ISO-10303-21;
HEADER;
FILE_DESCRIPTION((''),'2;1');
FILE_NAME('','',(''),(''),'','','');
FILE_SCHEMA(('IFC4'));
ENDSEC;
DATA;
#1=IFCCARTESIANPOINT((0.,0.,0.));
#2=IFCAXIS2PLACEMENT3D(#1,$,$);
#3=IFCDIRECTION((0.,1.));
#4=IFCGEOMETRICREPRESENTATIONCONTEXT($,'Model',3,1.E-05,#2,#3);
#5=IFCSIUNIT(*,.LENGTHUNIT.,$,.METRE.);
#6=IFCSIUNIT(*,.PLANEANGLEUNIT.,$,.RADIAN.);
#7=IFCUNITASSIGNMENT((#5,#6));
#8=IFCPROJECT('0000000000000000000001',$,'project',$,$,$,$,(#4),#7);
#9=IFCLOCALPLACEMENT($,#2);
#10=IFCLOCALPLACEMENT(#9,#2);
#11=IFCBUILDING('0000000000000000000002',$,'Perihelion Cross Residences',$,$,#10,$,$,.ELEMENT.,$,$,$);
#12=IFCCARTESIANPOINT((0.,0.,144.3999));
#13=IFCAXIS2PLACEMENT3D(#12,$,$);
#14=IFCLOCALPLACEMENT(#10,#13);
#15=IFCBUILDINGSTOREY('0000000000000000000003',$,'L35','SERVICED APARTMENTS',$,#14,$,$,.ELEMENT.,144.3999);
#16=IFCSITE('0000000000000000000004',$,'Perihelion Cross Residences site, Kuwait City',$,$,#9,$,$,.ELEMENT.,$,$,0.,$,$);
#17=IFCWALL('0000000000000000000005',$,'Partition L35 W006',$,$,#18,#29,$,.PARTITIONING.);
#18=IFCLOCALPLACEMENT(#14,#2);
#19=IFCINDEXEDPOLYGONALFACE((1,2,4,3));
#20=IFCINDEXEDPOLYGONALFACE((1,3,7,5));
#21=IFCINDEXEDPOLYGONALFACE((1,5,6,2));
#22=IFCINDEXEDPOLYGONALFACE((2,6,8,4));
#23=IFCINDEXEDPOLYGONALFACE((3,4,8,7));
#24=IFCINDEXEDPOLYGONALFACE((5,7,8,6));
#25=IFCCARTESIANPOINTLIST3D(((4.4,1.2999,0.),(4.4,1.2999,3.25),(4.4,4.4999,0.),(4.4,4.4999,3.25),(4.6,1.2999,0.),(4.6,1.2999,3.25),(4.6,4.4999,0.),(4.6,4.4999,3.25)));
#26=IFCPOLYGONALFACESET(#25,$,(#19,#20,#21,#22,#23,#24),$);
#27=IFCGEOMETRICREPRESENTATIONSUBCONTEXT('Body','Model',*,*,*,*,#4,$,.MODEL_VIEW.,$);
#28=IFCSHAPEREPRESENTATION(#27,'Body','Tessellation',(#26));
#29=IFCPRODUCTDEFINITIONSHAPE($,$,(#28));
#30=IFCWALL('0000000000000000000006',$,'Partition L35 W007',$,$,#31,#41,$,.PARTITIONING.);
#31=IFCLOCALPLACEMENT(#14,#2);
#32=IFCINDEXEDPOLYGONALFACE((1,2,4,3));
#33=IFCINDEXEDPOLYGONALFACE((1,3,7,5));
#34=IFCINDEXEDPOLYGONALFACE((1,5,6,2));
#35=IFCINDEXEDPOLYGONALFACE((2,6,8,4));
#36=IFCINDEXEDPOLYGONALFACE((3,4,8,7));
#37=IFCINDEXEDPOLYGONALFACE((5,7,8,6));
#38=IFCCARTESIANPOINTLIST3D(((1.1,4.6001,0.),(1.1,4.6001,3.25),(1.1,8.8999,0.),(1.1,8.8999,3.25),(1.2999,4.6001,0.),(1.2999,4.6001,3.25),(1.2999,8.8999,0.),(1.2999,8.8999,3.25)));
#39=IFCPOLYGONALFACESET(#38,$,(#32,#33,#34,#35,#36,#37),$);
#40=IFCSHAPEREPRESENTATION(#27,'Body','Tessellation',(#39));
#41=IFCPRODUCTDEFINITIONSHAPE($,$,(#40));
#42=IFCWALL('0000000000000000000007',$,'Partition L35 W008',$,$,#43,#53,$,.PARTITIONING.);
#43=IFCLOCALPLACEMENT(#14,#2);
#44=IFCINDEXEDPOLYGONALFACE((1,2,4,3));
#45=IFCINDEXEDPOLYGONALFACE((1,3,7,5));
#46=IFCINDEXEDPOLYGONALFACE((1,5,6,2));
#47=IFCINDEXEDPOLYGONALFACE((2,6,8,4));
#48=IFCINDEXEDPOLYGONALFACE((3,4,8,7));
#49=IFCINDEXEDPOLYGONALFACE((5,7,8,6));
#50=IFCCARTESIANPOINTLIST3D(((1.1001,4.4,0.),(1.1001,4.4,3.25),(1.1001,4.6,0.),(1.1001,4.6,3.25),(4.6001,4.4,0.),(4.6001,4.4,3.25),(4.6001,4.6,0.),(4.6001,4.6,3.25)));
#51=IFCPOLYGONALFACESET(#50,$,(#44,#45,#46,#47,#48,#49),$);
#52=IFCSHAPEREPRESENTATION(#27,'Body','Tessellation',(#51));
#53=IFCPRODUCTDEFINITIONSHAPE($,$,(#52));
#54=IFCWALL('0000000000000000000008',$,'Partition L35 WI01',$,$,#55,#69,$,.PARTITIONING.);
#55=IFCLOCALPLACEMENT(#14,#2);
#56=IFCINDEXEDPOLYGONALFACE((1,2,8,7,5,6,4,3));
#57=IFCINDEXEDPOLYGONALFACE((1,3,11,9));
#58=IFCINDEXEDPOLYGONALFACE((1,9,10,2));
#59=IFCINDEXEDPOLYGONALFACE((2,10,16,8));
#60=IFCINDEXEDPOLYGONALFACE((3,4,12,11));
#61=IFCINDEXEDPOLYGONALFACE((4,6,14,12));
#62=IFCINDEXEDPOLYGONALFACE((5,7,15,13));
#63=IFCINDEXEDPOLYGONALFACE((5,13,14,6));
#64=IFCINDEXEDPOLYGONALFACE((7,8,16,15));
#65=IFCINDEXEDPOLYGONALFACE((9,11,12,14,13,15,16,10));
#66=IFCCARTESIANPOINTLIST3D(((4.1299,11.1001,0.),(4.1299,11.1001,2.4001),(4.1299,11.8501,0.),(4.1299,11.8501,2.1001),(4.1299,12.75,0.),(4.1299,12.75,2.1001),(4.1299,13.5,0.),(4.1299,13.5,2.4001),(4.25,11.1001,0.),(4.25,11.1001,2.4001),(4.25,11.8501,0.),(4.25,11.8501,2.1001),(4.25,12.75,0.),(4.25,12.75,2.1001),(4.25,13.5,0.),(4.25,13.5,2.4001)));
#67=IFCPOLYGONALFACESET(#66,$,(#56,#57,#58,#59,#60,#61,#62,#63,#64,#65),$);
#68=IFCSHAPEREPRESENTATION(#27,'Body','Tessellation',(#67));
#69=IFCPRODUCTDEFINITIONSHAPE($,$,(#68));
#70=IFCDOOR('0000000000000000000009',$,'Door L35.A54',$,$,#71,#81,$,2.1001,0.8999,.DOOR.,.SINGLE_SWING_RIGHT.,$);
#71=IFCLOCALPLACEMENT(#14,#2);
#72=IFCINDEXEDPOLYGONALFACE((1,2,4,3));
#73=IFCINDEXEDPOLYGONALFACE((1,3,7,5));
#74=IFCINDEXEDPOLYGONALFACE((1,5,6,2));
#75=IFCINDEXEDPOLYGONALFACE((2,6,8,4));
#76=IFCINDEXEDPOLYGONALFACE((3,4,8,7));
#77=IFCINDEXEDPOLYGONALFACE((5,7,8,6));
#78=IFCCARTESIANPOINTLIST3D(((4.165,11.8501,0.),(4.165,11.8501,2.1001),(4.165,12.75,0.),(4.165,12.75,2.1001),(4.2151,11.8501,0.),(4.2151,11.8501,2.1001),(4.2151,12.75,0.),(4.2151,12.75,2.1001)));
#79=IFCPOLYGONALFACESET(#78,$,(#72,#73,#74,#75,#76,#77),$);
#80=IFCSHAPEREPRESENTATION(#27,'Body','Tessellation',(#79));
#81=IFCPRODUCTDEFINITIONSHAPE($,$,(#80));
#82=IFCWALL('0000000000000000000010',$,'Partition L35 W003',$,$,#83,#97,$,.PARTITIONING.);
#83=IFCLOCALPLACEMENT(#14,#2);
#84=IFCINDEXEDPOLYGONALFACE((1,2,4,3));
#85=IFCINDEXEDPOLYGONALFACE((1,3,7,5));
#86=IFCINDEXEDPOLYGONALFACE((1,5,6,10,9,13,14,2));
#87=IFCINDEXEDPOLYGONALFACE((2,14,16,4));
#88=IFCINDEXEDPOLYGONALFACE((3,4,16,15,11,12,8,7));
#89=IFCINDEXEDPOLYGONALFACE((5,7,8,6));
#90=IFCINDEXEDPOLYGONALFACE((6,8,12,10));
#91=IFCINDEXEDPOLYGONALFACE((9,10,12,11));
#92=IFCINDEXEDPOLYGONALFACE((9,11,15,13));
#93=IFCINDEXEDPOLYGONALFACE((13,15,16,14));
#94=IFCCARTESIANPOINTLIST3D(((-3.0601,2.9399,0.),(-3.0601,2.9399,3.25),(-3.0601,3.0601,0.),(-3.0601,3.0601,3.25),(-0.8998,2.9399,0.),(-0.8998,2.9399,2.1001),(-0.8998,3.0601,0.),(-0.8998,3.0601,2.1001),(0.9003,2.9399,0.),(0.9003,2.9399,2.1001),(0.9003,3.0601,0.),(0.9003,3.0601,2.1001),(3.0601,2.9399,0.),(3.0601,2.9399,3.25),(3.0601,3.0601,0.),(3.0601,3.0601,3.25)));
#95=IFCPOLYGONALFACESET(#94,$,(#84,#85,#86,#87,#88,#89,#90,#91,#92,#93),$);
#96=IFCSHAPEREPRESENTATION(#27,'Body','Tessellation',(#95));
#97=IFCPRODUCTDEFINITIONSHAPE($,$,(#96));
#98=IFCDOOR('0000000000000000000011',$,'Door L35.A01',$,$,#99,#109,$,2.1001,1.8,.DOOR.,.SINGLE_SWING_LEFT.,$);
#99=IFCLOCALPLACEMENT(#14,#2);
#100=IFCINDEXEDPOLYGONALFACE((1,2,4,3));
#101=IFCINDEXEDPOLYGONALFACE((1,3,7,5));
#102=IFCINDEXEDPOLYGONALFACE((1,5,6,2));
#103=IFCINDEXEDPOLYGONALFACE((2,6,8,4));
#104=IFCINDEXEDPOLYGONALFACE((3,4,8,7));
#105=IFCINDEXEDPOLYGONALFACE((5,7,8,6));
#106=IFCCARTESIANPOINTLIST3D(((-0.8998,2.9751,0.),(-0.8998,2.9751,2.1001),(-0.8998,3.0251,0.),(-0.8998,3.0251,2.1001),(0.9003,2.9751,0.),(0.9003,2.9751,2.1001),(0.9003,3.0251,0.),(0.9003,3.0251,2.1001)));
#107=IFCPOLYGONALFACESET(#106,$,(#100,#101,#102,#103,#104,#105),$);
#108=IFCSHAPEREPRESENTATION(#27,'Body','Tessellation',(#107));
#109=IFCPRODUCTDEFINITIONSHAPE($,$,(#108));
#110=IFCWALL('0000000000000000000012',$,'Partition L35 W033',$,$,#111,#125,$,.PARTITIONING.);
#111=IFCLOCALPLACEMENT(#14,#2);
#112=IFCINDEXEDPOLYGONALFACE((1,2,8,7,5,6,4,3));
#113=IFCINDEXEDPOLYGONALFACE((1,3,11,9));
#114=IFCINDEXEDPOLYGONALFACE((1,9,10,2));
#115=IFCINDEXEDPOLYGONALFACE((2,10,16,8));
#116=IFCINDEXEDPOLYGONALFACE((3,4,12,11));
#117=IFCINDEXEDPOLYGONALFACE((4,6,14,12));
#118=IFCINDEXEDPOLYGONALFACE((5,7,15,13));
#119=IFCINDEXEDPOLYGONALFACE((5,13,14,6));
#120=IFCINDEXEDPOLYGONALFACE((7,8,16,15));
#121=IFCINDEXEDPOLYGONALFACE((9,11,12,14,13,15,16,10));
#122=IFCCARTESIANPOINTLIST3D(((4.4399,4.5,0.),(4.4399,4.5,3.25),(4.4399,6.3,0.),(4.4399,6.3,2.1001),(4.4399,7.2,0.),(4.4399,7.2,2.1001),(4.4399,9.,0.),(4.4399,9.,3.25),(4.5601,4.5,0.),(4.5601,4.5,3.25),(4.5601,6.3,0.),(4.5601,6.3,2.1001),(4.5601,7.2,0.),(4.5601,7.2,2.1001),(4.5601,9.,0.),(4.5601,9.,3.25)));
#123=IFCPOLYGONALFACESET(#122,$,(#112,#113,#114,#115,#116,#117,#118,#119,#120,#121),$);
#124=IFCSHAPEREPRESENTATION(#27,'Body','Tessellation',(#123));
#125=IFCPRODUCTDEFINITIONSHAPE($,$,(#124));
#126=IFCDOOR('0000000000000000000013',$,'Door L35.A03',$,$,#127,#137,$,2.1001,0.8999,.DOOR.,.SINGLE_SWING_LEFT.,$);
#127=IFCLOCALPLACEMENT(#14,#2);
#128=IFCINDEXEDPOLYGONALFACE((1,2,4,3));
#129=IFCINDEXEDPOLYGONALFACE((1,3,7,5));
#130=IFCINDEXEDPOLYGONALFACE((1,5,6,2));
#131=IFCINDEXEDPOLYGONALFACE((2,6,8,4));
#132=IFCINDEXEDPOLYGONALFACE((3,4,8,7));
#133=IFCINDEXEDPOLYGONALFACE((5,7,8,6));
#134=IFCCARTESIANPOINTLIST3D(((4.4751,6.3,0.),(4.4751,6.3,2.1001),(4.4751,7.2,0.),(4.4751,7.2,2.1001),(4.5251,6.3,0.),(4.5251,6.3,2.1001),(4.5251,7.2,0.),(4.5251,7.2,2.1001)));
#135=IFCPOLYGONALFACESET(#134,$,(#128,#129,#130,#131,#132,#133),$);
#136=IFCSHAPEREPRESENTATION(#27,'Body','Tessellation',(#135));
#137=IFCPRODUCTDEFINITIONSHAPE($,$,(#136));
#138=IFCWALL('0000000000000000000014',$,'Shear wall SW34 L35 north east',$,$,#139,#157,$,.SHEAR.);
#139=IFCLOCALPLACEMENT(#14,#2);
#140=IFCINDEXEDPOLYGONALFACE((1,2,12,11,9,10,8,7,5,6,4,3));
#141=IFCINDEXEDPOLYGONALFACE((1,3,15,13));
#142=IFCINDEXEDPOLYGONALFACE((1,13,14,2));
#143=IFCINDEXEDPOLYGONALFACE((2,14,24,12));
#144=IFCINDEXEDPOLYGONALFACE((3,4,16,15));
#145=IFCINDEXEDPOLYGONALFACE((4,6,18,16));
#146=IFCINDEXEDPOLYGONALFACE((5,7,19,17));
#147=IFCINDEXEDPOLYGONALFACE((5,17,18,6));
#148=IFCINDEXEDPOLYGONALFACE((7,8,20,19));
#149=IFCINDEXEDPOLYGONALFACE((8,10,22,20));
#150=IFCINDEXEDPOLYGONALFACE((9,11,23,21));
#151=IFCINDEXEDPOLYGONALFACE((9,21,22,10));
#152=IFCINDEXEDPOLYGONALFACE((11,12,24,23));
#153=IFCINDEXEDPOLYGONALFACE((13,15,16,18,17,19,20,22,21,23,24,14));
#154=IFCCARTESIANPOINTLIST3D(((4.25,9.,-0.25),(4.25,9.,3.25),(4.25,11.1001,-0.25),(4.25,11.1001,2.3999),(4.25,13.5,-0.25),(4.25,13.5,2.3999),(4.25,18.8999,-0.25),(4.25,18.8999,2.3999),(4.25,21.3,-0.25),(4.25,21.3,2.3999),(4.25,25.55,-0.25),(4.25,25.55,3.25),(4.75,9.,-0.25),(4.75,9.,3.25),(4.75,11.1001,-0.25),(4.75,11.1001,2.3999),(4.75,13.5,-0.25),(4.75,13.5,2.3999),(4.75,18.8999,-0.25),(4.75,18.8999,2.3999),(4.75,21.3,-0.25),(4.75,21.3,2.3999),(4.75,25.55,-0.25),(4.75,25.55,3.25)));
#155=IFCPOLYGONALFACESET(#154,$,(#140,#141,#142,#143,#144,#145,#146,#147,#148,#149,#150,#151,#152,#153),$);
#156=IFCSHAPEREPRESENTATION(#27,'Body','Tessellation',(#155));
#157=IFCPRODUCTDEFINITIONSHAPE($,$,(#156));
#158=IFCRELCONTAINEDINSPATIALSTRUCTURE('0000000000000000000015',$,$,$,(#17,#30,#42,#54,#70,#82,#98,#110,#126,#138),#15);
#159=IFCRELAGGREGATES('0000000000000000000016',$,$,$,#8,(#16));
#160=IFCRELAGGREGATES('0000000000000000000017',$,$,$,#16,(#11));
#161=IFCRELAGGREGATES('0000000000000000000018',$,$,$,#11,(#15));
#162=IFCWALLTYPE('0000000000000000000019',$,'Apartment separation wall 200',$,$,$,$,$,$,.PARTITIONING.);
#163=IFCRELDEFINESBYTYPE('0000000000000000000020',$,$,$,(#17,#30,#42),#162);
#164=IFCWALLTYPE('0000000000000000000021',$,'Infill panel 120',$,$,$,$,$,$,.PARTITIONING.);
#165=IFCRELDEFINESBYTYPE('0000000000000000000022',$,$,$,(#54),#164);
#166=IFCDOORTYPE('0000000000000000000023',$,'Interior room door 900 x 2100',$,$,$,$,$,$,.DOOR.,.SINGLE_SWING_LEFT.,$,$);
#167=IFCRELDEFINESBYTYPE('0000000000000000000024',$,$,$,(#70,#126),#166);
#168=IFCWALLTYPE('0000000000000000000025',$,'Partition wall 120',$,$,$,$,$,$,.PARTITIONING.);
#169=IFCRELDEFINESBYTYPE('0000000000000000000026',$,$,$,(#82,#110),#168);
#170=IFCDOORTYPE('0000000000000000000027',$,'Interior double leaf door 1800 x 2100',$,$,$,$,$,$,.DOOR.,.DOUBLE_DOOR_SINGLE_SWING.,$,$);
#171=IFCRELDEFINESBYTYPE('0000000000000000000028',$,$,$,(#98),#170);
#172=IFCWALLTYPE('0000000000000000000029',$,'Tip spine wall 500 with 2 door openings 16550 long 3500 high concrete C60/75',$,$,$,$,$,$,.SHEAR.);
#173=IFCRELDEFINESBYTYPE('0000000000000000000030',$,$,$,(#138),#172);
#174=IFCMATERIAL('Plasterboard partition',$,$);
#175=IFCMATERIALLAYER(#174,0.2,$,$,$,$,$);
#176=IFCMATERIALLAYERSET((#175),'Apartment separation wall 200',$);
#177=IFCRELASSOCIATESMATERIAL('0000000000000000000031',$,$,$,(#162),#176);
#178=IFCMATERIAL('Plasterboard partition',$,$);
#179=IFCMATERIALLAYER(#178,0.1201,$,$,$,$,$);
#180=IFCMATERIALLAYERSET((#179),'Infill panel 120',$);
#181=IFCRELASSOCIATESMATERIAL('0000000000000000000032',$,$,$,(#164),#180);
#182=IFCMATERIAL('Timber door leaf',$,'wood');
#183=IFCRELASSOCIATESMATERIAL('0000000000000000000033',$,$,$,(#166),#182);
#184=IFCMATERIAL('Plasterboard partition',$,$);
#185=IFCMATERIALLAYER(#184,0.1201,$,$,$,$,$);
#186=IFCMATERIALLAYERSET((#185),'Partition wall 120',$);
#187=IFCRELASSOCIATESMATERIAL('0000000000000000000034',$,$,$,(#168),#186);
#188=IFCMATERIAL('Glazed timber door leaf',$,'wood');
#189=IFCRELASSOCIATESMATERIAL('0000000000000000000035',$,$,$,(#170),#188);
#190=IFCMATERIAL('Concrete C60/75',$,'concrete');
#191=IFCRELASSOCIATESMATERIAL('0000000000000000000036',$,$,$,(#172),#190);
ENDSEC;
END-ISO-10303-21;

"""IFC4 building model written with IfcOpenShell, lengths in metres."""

from ifc_helpers import new_model, si_unit, direction, frame, frame_2d, origin, place, context, subcontext, project, spatial, polyline, rectangle, outline, extrude, material, layer, layer_set, material_profile, profile_set, type_object, element, fill, save


model = new_model("IFC4")

# Units and contexts
model_context = context("Model", 3, precision=1e-05, world=origin(), true_north=direction((0.0, 1.0)))
body_context = subcontext(model_context, "Body", "Model", "MODEL_VIEW")
ifc_project = project(units=[si_unit("LENGTHUNIT", "METRE"), si_unit("PLANEANGLEUNIT", "RADIAN")], contexts=[model_context])

# Site, building, storey
site_placement = place(None, origin())
site = spatial("IfcSite", under=ifc_project, at=site_placement, Name="Perihelion Cross Residences site, Kuwait City", CompositionType="ELEMENT", RefElevation=0.0)
building_placement = place(site_placement, origin())
building = spatial("IfcBuilding", under=site, at=building_placement, Name="Perihelion Cross Residences", CompositionType="ELEMENT")
storey_placement = place(building_placement, frame((0.0, 0.0, 144.3999)))
storey = spatial("IfcBuildingStorey", under=building, at=storey_placement, Name="L35", Description="SERVICED APARTMENTS", CompositionType="ELEMENT", Elevation=144.3999)

# Shared definitions
ifc_material_1 = material(Name="Plasterboard partition")
ifc_layer_1 = layer(ifc_material_1, 0.2)
ifc_layer_set_1 = layer_set([ifc_layer_1], Name="Apartment separation wall 200")
wall_type_1 = type_object("IfcWallType", Name="Apartment separation wall 200", PredefinedType="PARTITIONING", material=ifc_layer_set_1)

# Walls
wall_1_placement = place(storey_placement, frame((4.5, 4.5, 0.0), z_axis=(0.0, 0.0, 1.0), x_axis=(0.0, -1.0, 0.0)))
element("IfcWall", 1, at=wall_1_placement, inside=storey, type_object=wall_type_1, Name="Partition L35 W006", PredefinedType="PARTITIONING", context=body_context, shape_type="SweptSolid", body=[
    extrude(rectangle(XDim=3.2, YDim=0.2, at=frame_2d((1.6001, 0.0))), origin(), (0.0, 0.0, 1.0), 3.25),
])
wall_2_placement = place(storey_placement, frame((1.2, 8.8999, 0.0), z_axis=(0.0, 0.0, 1.0), x_axis=(0.0, -1.0, 0.0)))
element("IfcWall", 2, at=wall_2_placement, inside=storey, type_object=wall_type_1, Name="Partition L35 W007", PredefinedType="PARTITIONING", context=body_context, shape_type="SweptSolid", body=[
    extrude(rectangle(XDim=4.2998, YDim=0.2, at=frame_2d((2.1499, 0.0))), origin(), (0.0, 0.0, 1.0), 3.25),
])
wall_3_placement = place(storey_placement, frame((1.1001, 4.5, 0.0), z_axis=(0.0, 0.0, 1.0), x_axis=(1.0, 0.0, 0.0)))
element("IfcWall", 3, at=wall_3_placement, inside=storey, type_object=wall_type_1, Name="Partition L35 W008", PredefinedType="PARTITIONING", context=body_context, shape_type="SweptSolid", body=[
    extrude(rectangle(XDim=3.5, YDim=0.2, at=frame_2d((1.75, 0.0))), origin(), (0.0, 0.0, 1.0), 3.25),
])

# Walls, openings, doors
ifc_material_2 = material(Name="Plasterboard partition")
ifc_layer_2 = layer(ifc_material_2, 0.1201)
ifc_layer_set_2 = layer_set([ifc_layer_2], Name="Infill panel 120")
wall_type_2 = type_object("IfcWallType", Name="Infill panel 120", PredefinedType="PARTITIONING", material=ifc_layer_set_2)
wall_4_placement = place(storey_placement, frame((4.1899, 11.1001, 0.0), z_axis=(0.0, 0.0, 1.0), x_axis=(0.0, 1.0, 0.0)))
wall_4 = element("IfcWall", 4, at=wall_4_placement, inside=storey, type_object=wall_type_2, Name="Partition L35 WI01", PredefinedType="PARTITIONING", context=body_context, shape_type="SweptSolid", body=[
    extrude(rectangle(XDim=2.3999, YDim=0.1201, at=frame_2d((1.2, 0.0))), origin(), (0.0, 0.0, 1.0), 2.4001),
])
opening_1_placement = place(wall_4_placement, frame((0.75, 0.0, 0.0)))
opening_1 = element("IfcOpeningElement", 5, at=opening_1_placement, cuts=wall_4, PredefinedType="OPENING", context=body_context, shape_type="SweptSolid", body=[
    extrude(rectangle(XDim=0.8999, YDim=2.1001, at=frame_2d((0.45, 1.05))), frame((0.0, 0.0701, 0.0), z_axis=(0.0, -1.0, 0.0), x_axis=(1.0, 0.0, 0.0)), (0.0, 0.0, 1.0), 0.1401),
])
ifc_material_3 = material(Name="Timber door leaf", Category="wood")
door_type_1 = type_object("IfcDoorType", Name="Interior room door 900 x 2100", OperationType="SINGLE_SWING_LEFT", PredefinedType="DOOR", material=ifc_material_3)
door_1_placement = place(opening_1_placement, origin())
door_1 = element("IfcDoor", 6, at=door_1_placement, inside=storey, type_object=door_type_1, Name="Door L35.A54", OperationType="SINGLE_SWING_RIGHT", OverallHeight=2.1001, OverallWidth=0.8999, PredefinedType="DOOR", context=body_context, shape_type="SweptSolid", body=[
    extrude(rectangle(XDim=0.8999, YDim=2.1001, at=frame_2d((0.45, 1.05))), frame((0.0, 0.0249, 0.0), z_axis=(0.0, -1.0, 0.0), x_axis=(1.0, 0.0, 0.0)), (0.0, 0.0, 1.0), 0.05),
])
fill(opening_1, door_1)
ifc_material_4 = material(Name="Plasterboard partition")
ifc_layer_3 = layer(ifc_material_4, 0.1201)
ifc_layer_set_3 = layer_set([ifc_layer_3], Name="Partition wall 120")
wall_type_3 = type_object("IfcWallType", Name="Partition wall 120", PredefinedType="PARTITIONING", material=ifc_layer_set_3)
wall_5_placement = place(storey_placement, frame((3.0601, 3.0, 0.0), z_axis=(0.0, 0.0, 1.0), x_axis=(-1.0, 0.0, 0.0)))
wall_5 = element("IfcWall", 7, at=wall_5_placement, inside=storey, type_object=wall_type_3, Name="Partition L35 W003", PredefinedType="PARTITIONING", context=body_context, shape_type="SweptSolid", body=[
    extrude(rectangle(XDim=6.1201, YDim=0.1201, at=frame_2d((3.0601, 0.0))), origin(), (0.0, 0.0, 1.0), 3.25),
])
opening_2_placement = place(wall_5_placement, frame((2.1599, 0.0, 0.0)))
opening_2 = element("IfcOpeningElement", 8, at=opening_2_placement, cuts=wall_5, PredefinedType="OPENING", context=body_context, shape_type="SweptSolid", body=[
    extrude(rectangle(XDim=1.8, YDim=2.1001, at=frame_2d((0.8999, 1.05))), frame((0.0, 0.0701, 0.0), z_axis=(0.0, -1.0, 0.0), x_axis=(1.0, 0.0, 0.0)), (0.0, 0.0, 1.0), 0.1401),
])
ifc_material_5 = material(Name="Glazed timber door leaf", Category="wood")
door_type_2 = type_object("IfcDoorType", Name="Interior double leaf door 1800 x 2100", OperationType="DOUBLE_DOOR_SINGLE_SWING", PredefinedType="DOOR", material=ifc_material_5)
door_2_placement = place(opening_2_placement, origin())
door_2 = element("IfcDoor", 9, at=door_2_placement, inside=storey, type_object=door_type_2, Name="Door L35.A01", OperationType="SINGLE_SWING_LEFT", OverallHeight=2.1001, OverallWidth=1.8, PredefinedType="DOOR", context=body_context, shape_type="SweptSolid", body=[
    extrude(rectangle(XDim=1.8, YDim=2.1001, at=frame_2d((0.8999, 1.05))), frame((0.0, 0.0249, 0.0), z_axis=(0.0, -1.0, 0.0), x_axis=(1.0, 0.0, 0.0)), (0.0, 0.0, 1.0), 0.05),
])
fill(opening_2, door_2)
wall_6_placement = place(storey_placement, frame((4.5, 4.5, 0.0), z_axis=(0.0, 0.0, 1.0), x_axis=(0.0, 1.0, 0.0)))
wall_6 = element("IfcWall", 10, at=wall_6_placement, inside=storey, type_object=wall_type_3, Name="Partition L35 W033", PredefinedType="PARTITIONING", context=body_context, shape_type="SweptSolid", body=[
    extrude(rectangle(XDim=4.5, YDim=0.1201, at=frame_2d((2.25, 0.0))), origin(), (0.0, 0.0, 1.0), 3.25),
])
opening_3_placement = place(wall_6_placement, frame((1.8, 0.0, 0.0)))
opening_3 = element("IfcOpeningElement", 11, at=opening_3_placement, cuts=wall_6, PredefinedType="OPENING", context=body_context, shape_type="SweptSolid", body=[
    extrude(rectangle(XDim=0.8999, YDim=2.1001, at=frame_2d((0.45, 1.05))), frame((0.0, 0.0701, 0.0), z_axis=(0.0, -1.0, 0.0), x_axis=(1.0, 0.0, 0.0)), (0.0, 0.0, 1.0), 0.1401),
])
door_3_placement = place(opening_3_placement, origin())
door_3 = element("IfcDoor", 12, at=door_3_placement, inside=storey, type_object=door_type_1, Name="Door L35.A03", OperationType="SINGLE_SWING_LEFT", OverallHeight=2.1001, OverallWidth=0.8999, PredefinedType="DOOR", context=body_context, shape_type="SweptSolid", body=[
    extrude(rectangle(XDim=0.8999, YDim=2.1001, at=frame_2d((0.45, 1.05))), frame((0.0, 0.0249, 0.0), z_axis=(0.0, -1.0, 0.0), x_axis=(1.0, 0.0, 0.0)), (0.0, 0.0, 1.0), 0.05),
])
fill(opening_3, door_3)

# Wall
ifc_material_6 = material(Name="Concrete C60/75", Category="concrete")
ifc_material_profile_1 = material_profile(ifc_material_6, outline(polyline([(0.0, 0.0), (2.1001, 0.0), (2.1001, 2.6499), (4.5, 2.6499), (4.5, 0.0), (9.8999, 0.0), (9.8999, 2.6499), (12.3, 2.6499), (12.3, 0.0), (16.55, 0.0), (16.55, 3.5), (0.0, 3.5), (0.0, 0.0)])), Name="Tip spine wall")
ifc_profile_set_1 = profile_set([ifc_material_profile_1], Name="Concrete C60/75")
wall_type_4 = type_object("IfcWallType", Name="Tip spine wall 500 with 2 door openings 16550 long 3500 high concrete C60/75", PredefinedType="SHEAR", material=ifc_profile_set_1)
wall_7_placement = place(storey_placement, frame((4.25, 9.0, -0.25), z_axis=(1.0, 0.0, 0.0), x_axis=(0.0, 1.0, 0.0)))
element("IfcWall", 13, at=wall_7_placement, inside=storey, type_object=wall_type_4, Name="Shear wall SW34 L35 north east", PredefinedType="SHEAR", context=body_context, shape_type="SweptSolid", body=[
    extrude(outline(polyline([(0.0, 0.0), (2.1001, 0.0), (2.1001, 2.6499), (4.5, 2.6499), (4.5, 0.0), (9.8999, 0.0), (9.8999, 2.6499), (12.3, 2.6499), (12.3, 0.0), (16.55, 0.0), (16.55, 3.5), (0.0, 3.5), (0.0, 0.0)])), origin(), (0.0, 0.0, 1.0), 0.5),
])

save(model, "model.ifc")
